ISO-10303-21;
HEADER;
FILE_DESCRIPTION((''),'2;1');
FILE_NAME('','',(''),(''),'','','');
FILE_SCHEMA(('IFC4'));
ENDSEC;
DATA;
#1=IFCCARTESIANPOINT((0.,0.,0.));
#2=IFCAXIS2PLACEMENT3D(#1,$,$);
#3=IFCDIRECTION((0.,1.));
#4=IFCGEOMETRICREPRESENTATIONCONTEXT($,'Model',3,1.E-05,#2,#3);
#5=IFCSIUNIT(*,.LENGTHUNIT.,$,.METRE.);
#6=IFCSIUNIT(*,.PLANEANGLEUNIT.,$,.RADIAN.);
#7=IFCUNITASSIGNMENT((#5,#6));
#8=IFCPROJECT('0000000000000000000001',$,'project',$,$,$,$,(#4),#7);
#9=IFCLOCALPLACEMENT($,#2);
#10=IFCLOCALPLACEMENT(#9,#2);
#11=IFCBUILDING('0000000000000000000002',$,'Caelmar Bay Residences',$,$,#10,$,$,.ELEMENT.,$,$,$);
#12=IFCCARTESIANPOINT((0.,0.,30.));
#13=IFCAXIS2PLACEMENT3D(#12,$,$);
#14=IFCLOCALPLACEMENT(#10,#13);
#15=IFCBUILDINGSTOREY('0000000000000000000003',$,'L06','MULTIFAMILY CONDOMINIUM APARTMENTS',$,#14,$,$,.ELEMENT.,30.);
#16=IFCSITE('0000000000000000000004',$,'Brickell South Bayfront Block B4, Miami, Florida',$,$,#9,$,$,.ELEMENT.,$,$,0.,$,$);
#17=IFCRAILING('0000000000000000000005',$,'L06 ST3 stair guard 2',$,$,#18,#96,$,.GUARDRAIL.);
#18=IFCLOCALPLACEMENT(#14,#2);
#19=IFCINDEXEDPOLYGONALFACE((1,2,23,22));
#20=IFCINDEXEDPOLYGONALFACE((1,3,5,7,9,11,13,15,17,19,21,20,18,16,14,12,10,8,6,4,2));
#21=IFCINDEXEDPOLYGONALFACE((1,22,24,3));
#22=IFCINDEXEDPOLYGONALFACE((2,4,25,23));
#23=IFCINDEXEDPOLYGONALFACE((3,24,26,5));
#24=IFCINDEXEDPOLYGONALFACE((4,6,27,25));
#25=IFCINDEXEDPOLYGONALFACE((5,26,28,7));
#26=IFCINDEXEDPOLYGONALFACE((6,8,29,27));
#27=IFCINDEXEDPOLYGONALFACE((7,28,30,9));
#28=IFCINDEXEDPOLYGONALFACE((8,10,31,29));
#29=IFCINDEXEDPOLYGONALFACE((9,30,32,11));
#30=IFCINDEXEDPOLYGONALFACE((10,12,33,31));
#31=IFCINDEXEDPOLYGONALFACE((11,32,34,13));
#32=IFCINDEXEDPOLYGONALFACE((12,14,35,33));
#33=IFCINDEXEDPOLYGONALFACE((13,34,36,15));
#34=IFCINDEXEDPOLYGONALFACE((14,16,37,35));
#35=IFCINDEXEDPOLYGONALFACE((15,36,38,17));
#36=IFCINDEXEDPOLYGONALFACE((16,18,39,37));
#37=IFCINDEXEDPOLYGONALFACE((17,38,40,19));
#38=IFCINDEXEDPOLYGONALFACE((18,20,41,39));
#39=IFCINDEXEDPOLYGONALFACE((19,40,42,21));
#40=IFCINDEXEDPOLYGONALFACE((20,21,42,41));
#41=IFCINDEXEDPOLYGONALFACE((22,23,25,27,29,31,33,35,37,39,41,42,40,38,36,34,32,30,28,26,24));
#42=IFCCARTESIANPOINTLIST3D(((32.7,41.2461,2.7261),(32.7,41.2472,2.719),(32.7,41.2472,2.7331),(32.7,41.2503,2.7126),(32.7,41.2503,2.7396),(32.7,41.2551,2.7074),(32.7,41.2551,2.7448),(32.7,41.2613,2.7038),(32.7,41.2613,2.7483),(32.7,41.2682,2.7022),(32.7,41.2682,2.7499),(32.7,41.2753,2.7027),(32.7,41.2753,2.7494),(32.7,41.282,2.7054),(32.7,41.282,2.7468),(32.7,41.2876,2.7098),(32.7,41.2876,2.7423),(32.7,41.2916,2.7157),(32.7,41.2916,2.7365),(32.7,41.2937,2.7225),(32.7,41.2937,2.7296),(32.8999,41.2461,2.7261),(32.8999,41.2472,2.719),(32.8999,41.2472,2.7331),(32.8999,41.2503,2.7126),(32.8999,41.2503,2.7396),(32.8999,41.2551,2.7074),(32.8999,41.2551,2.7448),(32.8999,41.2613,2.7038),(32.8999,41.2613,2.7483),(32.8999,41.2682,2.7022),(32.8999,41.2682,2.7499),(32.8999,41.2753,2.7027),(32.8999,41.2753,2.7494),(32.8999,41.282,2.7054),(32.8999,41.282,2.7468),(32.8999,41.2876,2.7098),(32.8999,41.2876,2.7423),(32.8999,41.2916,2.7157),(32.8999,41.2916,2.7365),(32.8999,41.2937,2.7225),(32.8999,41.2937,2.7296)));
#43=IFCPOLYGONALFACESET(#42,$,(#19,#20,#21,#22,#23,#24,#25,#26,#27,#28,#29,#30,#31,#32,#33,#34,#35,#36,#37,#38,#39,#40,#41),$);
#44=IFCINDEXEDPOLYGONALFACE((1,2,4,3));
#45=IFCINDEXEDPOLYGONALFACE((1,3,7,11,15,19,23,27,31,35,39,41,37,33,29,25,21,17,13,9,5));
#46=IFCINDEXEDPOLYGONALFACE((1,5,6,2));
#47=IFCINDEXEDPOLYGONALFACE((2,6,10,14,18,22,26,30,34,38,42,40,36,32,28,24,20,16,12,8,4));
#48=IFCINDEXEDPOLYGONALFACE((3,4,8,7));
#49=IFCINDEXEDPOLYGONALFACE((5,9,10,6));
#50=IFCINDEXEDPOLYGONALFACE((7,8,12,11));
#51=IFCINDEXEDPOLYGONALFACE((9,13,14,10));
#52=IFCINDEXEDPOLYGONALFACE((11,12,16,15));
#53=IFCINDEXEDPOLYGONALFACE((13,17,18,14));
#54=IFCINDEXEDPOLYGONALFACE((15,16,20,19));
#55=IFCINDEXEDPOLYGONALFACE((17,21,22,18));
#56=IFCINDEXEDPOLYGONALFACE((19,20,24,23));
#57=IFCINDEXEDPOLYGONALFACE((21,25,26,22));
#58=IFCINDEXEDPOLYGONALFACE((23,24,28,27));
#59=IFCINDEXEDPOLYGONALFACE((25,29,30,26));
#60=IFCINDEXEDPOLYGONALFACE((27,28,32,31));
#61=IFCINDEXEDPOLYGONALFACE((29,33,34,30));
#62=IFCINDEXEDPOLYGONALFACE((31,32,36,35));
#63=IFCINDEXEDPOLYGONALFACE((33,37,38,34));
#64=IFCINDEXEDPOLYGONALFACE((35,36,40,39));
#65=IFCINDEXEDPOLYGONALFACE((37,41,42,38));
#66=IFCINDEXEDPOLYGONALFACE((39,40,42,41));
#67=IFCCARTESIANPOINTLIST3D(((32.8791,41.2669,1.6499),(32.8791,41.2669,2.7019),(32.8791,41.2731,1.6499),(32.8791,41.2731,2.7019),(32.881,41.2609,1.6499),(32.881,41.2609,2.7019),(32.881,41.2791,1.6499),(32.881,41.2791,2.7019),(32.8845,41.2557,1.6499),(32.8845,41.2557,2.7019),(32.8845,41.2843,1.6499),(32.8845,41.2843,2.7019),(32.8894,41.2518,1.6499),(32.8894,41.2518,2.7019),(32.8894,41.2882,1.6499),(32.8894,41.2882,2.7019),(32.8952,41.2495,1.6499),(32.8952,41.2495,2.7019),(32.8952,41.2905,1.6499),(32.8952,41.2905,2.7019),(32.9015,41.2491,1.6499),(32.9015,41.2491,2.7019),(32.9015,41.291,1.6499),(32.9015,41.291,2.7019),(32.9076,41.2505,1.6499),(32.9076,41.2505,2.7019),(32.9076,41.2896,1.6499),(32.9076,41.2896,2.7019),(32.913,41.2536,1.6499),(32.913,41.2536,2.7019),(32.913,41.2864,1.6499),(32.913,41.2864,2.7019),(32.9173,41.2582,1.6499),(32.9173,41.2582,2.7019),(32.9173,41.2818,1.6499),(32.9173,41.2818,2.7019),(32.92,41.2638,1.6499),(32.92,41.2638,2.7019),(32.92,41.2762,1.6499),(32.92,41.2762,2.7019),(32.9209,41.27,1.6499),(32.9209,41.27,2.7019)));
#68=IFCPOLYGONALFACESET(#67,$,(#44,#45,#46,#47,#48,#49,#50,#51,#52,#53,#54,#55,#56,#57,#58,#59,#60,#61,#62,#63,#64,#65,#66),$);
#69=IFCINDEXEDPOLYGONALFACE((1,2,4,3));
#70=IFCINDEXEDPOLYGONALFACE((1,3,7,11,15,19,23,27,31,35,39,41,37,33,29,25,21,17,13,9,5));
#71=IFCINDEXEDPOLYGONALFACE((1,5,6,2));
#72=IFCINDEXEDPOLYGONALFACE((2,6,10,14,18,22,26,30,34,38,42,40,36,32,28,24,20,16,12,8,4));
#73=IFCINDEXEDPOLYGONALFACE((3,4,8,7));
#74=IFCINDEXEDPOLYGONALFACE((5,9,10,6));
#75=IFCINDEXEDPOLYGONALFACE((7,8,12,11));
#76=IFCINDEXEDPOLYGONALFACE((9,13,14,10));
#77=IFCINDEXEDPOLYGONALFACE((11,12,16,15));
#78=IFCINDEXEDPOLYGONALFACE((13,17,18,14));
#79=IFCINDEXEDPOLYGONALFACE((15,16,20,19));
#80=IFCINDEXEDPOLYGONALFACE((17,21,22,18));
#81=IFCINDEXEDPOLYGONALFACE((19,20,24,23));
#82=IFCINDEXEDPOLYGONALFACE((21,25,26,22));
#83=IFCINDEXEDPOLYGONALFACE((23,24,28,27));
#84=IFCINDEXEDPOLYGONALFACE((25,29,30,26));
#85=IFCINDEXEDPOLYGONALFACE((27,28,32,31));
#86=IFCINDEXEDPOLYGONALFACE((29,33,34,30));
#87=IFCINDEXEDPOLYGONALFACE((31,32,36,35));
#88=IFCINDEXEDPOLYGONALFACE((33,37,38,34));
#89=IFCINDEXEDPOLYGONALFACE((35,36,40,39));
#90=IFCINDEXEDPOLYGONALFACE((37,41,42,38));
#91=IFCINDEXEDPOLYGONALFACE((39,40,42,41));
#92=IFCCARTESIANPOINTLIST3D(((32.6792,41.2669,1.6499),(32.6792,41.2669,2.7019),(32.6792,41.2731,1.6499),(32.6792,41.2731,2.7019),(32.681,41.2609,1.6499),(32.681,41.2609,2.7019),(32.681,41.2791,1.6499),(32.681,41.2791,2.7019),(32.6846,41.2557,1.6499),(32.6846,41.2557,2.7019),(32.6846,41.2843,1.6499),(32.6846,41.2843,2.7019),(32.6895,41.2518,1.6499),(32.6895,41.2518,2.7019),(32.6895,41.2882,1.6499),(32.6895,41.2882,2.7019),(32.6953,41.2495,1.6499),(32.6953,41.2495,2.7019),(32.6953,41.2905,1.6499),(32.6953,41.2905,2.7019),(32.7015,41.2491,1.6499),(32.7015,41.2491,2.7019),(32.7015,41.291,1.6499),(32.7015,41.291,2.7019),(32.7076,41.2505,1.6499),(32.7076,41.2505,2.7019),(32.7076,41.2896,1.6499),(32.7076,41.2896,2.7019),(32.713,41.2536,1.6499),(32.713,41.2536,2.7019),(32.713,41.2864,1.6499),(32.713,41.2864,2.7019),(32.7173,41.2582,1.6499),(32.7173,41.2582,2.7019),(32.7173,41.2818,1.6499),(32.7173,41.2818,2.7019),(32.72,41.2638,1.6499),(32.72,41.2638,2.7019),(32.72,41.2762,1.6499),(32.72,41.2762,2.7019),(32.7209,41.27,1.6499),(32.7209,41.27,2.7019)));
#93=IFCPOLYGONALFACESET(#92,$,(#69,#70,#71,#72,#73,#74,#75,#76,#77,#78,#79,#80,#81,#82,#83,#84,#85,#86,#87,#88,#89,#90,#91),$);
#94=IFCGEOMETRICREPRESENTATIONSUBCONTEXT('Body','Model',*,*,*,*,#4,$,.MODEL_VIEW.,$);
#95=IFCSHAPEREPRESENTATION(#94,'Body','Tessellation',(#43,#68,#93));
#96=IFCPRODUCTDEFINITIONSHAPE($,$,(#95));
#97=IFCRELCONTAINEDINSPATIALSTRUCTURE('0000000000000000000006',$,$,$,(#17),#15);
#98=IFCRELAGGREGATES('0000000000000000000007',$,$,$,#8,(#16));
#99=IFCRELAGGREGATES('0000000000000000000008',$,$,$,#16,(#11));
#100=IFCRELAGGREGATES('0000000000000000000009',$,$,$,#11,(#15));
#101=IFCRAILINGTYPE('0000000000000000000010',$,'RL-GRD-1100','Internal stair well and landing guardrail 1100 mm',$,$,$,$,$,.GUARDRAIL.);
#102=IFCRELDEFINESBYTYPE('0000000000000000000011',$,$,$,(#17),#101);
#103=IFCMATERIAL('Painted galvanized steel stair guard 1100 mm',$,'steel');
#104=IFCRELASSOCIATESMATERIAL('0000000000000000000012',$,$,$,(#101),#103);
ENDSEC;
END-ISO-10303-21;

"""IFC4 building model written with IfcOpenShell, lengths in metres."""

from ifc_helpers import new_model, si_unit, direction, frame, origin, origin_2d, place, context, subcontext, project, spatial, circle, extrude, material, type_object, element, save


model = new_model("IFC4")

# Units and contexts
model_context = context("Model", 3, precision=1e-05, world=origin(), true_north=direction((0.0, 1.0)))
body_context = subcontext(model_context, "Body", "Model", "MODEL_VIEW")
ifc_project = project(units=[si_unit("LENGTHUNIT", "METRE"), si_unit("PLANEANGLEUNIT", "RADIAN")], contexts=[model_context])

# Site, building, storey
site_placement = place(None, origin())
site = spatial("IfcSite", under=ifc_project, at=site_placement, Name="Brickell South Bayfront Block B4, Miami, Florida", CompositionType="ELEMENT", RefElevation=0.0)
building_placement = place(site_placement, origin())
building = spatial("IfcBuilding", under=site, at=building_placement, Name="Caelmar Bay Residences", CompositionType="ELEMENT")
storey_placement = place(building_placement, frame((0.0, 0.0, 30.0)))
storey = spatial("IfcBuildingStorey", under=building, at=storey_placement, Name="L06", Description="MULTIFAMILY CONDOMINIUM APARTMENTS", CompositionType="ELEMENT", Elevation=30.0)

# Railing
ifc_material_1 = material(Name="Painted galvanized steel stair guard 1100 mm", Category="steel")
railing_type_1 = type_object("IfcRailingType", Name="RL-GRD-1100", Description="Internal stair well and landing guardrail 1100 mm", PredefinedType="GUARDRAIL", material=ifc_material_1)
railing_1_placement = place(storey_placement, frame((32.8999, 41.27, 1.6499)))
element("IfcRailing", 1, at=railing_1_placement, inside=storey, type_object=railing_type_1, Name="L06 ST3 stair guard 2", PredefinedType="GUARDRAIL", context=body_context, shape_type="SweptSolid", body=[
    extrude(circle(Radius=0.0239, at=origin_2d()), frame((0.0, 0.0, 1.0762), z_axis=(-1.0, 0.0, 0.0), x_axis=(0.0, -1.0, 0.0)), (0.0, 0.0, 1.0), 0.2),
    extrude(circle(Radius=0.021, at=origin_2d()), origin(), (0.0, 0.0, 1.0), 1.052),
    extrude(circle(Radius=0.021, at=origin_2d()), frame((-0.2, 0.0, 0.0)), (0.0, 0.0, 1.0), 1.052),
])

save(model, "model.ifc")
